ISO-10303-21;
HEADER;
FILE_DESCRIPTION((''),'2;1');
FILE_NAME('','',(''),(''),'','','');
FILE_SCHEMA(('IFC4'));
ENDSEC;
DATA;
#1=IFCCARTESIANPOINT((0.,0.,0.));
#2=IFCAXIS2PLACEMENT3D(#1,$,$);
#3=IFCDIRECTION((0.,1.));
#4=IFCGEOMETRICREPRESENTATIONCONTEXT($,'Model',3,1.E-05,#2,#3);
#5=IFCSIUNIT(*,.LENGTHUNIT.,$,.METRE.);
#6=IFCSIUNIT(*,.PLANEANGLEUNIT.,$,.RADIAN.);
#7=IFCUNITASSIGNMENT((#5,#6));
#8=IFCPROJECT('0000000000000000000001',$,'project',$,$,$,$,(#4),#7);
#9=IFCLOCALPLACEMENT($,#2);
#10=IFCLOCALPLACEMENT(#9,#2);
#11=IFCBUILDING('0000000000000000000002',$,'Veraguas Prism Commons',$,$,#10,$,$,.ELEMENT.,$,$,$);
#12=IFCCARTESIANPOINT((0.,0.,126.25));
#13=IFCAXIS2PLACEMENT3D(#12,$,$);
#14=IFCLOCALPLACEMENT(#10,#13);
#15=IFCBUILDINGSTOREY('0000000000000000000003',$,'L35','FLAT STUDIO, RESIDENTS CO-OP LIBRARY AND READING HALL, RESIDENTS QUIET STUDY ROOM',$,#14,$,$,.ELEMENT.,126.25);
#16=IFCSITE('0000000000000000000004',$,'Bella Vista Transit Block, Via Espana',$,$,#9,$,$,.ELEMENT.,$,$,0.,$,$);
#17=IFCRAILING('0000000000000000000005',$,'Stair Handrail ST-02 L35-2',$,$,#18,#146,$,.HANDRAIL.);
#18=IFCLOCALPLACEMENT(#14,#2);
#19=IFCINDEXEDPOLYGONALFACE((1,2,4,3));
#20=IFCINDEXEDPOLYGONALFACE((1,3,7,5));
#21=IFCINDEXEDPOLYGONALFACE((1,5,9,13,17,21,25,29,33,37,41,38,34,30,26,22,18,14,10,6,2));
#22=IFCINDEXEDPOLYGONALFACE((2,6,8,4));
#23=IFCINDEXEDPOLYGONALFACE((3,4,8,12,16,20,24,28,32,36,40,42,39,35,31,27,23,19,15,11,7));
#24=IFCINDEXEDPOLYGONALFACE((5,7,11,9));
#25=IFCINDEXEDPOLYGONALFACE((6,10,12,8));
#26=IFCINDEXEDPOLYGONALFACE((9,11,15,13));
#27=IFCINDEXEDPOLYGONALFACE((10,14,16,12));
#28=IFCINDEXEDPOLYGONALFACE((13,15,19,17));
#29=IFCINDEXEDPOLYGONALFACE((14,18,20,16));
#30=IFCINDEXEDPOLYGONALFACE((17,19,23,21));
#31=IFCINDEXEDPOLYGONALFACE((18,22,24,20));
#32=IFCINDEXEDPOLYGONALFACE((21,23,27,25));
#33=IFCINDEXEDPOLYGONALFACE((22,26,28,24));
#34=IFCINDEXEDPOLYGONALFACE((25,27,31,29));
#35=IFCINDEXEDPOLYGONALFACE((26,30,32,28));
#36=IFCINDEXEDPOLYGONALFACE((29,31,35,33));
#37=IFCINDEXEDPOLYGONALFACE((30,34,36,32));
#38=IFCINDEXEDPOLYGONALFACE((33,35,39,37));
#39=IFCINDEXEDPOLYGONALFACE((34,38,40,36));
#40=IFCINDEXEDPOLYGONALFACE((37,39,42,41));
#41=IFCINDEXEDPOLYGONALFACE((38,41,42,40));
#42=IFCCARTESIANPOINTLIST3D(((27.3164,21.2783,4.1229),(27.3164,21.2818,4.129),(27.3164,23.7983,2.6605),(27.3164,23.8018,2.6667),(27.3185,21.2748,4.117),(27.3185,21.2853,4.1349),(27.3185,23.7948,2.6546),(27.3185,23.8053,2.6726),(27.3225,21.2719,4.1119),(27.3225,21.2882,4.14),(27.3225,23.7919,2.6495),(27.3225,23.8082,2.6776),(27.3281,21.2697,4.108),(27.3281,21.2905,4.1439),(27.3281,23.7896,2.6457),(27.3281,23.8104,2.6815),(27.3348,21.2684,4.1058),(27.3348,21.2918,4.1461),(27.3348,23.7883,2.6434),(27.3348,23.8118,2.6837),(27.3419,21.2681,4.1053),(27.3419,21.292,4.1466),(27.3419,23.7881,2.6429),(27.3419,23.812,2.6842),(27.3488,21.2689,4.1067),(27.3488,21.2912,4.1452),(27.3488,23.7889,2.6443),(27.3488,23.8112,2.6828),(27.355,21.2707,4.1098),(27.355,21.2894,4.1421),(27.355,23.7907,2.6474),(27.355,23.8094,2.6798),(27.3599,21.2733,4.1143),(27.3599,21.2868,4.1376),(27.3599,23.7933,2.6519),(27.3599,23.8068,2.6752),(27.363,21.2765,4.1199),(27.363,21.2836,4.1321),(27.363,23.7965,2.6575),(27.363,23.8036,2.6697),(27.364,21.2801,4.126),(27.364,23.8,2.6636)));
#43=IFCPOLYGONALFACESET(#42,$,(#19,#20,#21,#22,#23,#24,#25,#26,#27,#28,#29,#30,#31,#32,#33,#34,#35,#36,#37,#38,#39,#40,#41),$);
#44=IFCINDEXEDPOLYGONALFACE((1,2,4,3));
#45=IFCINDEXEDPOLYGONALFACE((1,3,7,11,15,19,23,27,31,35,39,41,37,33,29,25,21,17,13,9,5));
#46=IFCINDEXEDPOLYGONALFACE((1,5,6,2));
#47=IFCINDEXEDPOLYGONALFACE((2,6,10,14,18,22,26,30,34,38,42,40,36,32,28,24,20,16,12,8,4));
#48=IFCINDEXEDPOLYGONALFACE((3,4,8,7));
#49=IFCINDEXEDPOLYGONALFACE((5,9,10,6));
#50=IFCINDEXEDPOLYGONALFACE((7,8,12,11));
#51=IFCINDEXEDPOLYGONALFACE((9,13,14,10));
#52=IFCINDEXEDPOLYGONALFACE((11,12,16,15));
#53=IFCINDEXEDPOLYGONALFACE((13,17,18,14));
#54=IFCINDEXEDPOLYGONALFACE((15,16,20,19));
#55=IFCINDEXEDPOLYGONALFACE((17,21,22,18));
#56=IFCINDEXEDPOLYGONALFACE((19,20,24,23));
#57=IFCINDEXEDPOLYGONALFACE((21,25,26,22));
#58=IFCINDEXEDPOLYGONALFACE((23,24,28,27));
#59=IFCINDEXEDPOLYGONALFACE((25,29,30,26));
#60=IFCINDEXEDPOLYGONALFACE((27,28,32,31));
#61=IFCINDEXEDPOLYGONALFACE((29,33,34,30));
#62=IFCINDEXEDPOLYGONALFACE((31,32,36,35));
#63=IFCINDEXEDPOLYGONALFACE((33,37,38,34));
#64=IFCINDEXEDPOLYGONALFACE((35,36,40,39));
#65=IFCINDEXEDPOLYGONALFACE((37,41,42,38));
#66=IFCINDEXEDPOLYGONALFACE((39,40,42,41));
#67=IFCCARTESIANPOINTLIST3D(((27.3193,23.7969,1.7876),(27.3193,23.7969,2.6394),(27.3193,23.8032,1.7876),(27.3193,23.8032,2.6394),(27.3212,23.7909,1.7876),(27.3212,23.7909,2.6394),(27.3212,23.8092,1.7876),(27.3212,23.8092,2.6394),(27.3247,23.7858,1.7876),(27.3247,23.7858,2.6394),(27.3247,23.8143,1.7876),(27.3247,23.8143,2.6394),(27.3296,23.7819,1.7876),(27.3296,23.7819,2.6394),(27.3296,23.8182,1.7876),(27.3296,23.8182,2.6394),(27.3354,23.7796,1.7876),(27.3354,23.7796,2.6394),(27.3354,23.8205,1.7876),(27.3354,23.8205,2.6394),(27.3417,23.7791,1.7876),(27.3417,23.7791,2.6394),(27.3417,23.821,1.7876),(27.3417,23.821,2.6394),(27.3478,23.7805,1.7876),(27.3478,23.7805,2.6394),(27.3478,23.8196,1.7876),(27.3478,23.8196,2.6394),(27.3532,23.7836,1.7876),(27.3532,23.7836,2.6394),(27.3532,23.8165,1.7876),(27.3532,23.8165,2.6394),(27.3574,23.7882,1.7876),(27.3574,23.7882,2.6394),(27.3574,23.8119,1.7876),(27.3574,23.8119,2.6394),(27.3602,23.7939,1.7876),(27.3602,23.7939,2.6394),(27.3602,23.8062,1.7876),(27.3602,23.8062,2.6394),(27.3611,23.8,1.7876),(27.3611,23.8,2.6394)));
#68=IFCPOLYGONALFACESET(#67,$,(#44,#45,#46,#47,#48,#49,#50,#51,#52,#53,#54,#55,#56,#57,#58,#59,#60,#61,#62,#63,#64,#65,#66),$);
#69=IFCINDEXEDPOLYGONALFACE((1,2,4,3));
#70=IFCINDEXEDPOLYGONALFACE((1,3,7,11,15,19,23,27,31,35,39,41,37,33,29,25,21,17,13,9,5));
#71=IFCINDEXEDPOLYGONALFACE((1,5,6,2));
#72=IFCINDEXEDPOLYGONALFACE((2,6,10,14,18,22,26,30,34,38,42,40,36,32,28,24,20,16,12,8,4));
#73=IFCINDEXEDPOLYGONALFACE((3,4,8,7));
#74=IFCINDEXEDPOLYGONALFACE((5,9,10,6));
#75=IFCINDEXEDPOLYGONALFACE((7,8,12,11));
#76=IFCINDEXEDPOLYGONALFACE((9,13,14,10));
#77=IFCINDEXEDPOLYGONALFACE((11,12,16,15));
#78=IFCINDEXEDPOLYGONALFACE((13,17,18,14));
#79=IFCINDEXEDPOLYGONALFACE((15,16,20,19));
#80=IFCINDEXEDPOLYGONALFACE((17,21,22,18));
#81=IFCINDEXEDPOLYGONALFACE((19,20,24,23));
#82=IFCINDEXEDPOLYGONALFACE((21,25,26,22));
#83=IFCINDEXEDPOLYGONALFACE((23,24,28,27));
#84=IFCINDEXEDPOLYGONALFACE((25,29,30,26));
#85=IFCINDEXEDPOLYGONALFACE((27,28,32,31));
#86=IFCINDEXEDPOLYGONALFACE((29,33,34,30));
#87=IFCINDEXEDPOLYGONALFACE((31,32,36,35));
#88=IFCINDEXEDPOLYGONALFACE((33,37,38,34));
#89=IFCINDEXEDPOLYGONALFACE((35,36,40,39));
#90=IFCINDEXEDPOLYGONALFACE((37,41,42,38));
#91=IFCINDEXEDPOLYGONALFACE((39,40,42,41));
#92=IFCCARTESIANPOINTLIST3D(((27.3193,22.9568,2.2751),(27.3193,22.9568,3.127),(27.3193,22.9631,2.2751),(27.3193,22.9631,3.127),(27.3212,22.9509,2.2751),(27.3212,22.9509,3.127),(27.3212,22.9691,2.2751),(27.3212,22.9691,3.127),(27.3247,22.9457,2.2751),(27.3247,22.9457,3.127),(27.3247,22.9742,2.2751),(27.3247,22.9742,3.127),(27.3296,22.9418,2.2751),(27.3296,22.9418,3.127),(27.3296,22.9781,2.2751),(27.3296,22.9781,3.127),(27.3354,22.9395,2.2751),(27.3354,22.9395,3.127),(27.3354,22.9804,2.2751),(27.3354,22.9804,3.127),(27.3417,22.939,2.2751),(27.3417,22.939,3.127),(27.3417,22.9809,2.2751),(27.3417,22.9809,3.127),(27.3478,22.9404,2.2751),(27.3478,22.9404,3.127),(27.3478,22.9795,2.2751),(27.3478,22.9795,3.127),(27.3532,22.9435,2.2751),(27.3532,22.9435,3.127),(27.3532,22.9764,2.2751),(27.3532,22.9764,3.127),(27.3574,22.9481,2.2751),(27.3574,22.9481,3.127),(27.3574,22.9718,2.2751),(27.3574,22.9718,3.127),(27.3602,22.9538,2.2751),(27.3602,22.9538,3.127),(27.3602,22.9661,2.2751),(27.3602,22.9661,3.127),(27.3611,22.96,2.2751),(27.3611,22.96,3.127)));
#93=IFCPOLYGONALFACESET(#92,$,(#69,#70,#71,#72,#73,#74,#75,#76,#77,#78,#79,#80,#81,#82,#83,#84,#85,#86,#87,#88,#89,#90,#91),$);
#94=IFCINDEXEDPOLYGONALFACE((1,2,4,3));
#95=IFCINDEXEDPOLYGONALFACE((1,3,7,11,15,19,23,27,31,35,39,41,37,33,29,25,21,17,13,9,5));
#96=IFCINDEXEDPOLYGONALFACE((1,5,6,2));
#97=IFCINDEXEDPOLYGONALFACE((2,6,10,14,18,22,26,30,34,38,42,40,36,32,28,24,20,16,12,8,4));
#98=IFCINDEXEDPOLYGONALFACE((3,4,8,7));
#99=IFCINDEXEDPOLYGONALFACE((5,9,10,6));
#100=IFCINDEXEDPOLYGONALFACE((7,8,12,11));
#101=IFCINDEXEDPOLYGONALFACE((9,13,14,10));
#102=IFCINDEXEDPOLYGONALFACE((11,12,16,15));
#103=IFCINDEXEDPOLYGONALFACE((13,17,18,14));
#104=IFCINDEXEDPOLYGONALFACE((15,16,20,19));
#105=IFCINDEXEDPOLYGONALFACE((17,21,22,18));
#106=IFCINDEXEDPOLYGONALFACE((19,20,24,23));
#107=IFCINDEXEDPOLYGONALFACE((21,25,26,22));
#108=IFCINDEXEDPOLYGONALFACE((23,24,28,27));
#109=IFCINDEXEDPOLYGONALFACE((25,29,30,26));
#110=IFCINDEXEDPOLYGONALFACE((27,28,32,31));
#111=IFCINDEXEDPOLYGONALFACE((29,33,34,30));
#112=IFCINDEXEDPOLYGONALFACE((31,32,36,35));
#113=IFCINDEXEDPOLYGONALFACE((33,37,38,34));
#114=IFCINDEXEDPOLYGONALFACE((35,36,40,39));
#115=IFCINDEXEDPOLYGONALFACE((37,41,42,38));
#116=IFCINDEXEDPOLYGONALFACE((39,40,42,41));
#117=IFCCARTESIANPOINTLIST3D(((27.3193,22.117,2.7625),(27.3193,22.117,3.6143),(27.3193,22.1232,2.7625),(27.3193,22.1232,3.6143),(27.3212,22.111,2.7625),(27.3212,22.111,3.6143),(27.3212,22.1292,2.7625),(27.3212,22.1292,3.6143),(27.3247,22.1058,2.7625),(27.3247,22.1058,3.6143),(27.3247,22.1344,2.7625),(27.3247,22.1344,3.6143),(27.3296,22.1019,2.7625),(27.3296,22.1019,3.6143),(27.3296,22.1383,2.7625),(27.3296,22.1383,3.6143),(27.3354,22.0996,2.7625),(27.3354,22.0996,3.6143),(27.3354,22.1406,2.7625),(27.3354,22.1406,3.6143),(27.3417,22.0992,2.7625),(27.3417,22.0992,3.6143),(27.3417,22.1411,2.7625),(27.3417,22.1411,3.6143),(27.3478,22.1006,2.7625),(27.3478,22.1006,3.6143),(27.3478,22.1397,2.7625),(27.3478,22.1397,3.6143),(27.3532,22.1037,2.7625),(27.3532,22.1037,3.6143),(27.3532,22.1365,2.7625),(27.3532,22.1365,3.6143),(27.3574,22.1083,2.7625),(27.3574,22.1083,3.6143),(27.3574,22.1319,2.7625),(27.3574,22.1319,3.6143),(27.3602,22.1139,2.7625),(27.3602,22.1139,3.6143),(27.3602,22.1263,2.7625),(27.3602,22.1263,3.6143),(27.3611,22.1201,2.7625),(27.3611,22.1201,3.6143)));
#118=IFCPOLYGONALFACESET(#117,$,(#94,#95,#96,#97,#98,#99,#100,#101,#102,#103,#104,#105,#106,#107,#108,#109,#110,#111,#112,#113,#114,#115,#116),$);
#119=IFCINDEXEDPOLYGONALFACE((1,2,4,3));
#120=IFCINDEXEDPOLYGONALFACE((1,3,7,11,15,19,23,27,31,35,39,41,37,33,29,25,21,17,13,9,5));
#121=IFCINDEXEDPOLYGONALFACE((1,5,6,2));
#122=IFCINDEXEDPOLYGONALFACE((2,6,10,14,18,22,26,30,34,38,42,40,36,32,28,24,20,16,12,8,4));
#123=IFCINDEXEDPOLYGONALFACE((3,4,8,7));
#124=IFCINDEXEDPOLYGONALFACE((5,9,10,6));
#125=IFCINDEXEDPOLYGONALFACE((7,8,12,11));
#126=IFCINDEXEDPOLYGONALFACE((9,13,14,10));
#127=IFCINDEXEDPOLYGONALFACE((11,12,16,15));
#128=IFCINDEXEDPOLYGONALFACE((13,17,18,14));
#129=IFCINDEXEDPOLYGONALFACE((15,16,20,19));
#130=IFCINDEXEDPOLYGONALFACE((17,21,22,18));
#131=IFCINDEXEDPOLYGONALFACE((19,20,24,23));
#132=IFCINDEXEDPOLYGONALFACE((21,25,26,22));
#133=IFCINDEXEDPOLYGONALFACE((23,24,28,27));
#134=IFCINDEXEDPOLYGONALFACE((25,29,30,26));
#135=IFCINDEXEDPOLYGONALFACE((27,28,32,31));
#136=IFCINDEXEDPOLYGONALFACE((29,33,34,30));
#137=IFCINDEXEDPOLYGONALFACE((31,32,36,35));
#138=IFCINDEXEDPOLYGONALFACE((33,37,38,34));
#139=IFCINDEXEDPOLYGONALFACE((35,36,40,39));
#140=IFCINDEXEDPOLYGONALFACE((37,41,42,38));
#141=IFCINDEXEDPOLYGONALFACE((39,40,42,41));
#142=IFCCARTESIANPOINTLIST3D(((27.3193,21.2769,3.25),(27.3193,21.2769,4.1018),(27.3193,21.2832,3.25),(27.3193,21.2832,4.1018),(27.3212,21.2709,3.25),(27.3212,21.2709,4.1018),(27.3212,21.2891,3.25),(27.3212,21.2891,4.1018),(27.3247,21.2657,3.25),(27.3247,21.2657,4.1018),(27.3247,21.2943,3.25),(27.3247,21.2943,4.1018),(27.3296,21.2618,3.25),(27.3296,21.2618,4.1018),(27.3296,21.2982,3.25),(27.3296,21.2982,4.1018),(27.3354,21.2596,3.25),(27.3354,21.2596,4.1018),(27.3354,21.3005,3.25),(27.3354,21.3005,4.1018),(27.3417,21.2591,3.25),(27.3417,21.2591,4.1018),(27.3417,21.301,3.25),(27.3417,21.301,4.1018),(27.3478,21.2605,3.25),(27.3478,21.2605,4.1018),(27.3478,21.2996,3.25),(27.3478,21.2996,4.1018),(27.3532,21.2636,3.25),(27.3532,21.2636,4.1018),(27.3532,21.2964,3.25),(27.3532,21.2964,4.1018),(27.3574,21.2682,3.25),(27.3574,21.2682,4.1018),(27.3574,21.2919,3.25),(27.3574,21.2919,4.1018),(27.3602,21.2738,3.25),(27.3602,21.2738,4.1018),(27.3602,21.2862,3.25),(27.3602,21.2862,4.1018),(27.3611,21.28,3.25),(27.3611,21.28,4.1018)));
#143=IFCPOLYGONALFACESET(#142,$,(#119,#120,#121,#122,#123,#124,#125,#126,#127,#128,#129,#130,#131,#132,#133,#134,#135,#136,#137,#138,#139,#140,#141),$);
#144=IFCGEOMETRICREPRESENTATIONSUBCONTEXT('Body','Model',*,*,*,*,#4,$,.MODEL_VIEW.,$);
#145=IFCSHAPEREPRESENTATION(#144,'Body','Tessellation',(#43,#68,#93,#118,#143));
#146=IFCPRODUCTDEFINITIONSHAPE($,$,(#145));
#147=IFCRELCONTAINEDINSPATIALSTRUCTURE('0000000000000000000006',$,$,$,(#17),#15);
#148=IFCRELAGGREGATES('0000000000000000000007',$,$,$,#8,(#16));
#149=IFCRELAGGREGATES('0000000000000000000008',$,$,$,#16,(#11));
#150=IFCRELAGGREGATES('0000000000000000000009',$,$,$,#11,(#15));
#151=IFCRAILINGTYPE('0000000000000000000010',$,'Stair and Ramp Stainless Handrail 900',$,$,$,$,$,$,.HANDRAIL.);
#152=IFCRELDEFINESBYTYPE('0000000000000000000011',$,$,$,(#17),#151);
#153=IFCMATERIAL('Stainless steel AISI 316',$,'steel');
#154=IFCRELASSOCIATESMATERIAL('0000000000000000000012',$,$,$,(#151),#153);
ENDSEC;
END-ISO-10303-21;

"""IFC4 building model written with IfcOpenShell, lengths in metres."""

from ifc_helpers import new_model, si_unit, direction, frame, origin, origin_2d, place, context, subcontext, project, spatial, circle, extrude, material, type_object, element, save


model = new_model("IFC4")

# Units and contexts
model_context = context("Model", 3, precision=1e-05, world=origin(), true_north=direction((0.0, 1.0)))
body_context = subcontext(model_context, "Body", "Model", "MODEL_VIEW")
ifc_project = project(units=[si_unit("LENGTHUNIT", "METRE"), si_unit("PLANEANGLEUNIT", "RADIAN")], contexts=[model_context])

# Site, building, storey
site_placement = place(None, origin())
site = spatial("IfcSite", under=ifc_project, at=site_placement, Name="Bella Vista Transit Block, Via Espana", CompositionType="ELEMENT", RefElevation=0.0)
building_placement = place(site_placement, origin())
building = spatial("IfcBuilding", under=site, at=building_placement, Name="Veraguas Prism Commons", CompositionType="ELEMENT")
storey_placement = place(building_placement, frame((0.0, 0.0, 126.25)))
storey = spatial("IfcBuildingStorey", under=building, at=storey_placement, Name="L35", Description="FLAT STUDIO, RESIDENTS CO-OP LIBRARY AND READING HALL, RESIDENTS QUIET STUDY ROOM", CompositionType="ELEMENT", Elevation=126.25)

# Shared definitions
ifc_material_1 = material(Name="Stainless steel AISI 316", Category="steel")

# Railing
railing_type_1 = type_object("IfcRailingType", Name="Stair and Ramp Stainless Handrail 900", PredefinedType="HANDRAIL", material=ifc_material_1)
railing_1_placement = place(storey_placement, frame((27.3401, 23.8, 1.7876)))
element("IfcRailing", 1, at=railing_1_placement, inside=storey, type_object=railing_type_1, Name="Stair Handrail ST-02 L35-2", PredefinedType="HANDRAIL", context=body_context, shape_type="SweptSolid", body=[
    extrude(circle(Radius=0.0239, at=origin_2d()), frame((0.0, 0.0, 0.876), z_axis=(0.0, -0.864913, 0.501921), x_axis=(1.0, 0.0, 0.0)), (0.0, 0.0, 1.0), 2.9136),
    extrude(circle(Radius=0.021, at=origin_2d()), origin(), (0.0, 0.0, 1.0), 0.8518),
    extrude(circle(Radius=0.021, at=origin_2d()), frame((0.0, -0.8401, 0.4875)), (0.0, 0.0, 1.0), 0.8518),
    extrude(circle(Radius=0.021, at=origin_2d()), frame((0.0, -1.6799, 0.9749)), (0.0, 0.0, 1.0), 0.8518),
    extrude(circle(Radius=0.021, at=origin_2d()), frame((0.0, -2.52, 1.4624)), (0.0, 0.0, 1.0), 0.8518),
])

save(model, "model.ifc")
